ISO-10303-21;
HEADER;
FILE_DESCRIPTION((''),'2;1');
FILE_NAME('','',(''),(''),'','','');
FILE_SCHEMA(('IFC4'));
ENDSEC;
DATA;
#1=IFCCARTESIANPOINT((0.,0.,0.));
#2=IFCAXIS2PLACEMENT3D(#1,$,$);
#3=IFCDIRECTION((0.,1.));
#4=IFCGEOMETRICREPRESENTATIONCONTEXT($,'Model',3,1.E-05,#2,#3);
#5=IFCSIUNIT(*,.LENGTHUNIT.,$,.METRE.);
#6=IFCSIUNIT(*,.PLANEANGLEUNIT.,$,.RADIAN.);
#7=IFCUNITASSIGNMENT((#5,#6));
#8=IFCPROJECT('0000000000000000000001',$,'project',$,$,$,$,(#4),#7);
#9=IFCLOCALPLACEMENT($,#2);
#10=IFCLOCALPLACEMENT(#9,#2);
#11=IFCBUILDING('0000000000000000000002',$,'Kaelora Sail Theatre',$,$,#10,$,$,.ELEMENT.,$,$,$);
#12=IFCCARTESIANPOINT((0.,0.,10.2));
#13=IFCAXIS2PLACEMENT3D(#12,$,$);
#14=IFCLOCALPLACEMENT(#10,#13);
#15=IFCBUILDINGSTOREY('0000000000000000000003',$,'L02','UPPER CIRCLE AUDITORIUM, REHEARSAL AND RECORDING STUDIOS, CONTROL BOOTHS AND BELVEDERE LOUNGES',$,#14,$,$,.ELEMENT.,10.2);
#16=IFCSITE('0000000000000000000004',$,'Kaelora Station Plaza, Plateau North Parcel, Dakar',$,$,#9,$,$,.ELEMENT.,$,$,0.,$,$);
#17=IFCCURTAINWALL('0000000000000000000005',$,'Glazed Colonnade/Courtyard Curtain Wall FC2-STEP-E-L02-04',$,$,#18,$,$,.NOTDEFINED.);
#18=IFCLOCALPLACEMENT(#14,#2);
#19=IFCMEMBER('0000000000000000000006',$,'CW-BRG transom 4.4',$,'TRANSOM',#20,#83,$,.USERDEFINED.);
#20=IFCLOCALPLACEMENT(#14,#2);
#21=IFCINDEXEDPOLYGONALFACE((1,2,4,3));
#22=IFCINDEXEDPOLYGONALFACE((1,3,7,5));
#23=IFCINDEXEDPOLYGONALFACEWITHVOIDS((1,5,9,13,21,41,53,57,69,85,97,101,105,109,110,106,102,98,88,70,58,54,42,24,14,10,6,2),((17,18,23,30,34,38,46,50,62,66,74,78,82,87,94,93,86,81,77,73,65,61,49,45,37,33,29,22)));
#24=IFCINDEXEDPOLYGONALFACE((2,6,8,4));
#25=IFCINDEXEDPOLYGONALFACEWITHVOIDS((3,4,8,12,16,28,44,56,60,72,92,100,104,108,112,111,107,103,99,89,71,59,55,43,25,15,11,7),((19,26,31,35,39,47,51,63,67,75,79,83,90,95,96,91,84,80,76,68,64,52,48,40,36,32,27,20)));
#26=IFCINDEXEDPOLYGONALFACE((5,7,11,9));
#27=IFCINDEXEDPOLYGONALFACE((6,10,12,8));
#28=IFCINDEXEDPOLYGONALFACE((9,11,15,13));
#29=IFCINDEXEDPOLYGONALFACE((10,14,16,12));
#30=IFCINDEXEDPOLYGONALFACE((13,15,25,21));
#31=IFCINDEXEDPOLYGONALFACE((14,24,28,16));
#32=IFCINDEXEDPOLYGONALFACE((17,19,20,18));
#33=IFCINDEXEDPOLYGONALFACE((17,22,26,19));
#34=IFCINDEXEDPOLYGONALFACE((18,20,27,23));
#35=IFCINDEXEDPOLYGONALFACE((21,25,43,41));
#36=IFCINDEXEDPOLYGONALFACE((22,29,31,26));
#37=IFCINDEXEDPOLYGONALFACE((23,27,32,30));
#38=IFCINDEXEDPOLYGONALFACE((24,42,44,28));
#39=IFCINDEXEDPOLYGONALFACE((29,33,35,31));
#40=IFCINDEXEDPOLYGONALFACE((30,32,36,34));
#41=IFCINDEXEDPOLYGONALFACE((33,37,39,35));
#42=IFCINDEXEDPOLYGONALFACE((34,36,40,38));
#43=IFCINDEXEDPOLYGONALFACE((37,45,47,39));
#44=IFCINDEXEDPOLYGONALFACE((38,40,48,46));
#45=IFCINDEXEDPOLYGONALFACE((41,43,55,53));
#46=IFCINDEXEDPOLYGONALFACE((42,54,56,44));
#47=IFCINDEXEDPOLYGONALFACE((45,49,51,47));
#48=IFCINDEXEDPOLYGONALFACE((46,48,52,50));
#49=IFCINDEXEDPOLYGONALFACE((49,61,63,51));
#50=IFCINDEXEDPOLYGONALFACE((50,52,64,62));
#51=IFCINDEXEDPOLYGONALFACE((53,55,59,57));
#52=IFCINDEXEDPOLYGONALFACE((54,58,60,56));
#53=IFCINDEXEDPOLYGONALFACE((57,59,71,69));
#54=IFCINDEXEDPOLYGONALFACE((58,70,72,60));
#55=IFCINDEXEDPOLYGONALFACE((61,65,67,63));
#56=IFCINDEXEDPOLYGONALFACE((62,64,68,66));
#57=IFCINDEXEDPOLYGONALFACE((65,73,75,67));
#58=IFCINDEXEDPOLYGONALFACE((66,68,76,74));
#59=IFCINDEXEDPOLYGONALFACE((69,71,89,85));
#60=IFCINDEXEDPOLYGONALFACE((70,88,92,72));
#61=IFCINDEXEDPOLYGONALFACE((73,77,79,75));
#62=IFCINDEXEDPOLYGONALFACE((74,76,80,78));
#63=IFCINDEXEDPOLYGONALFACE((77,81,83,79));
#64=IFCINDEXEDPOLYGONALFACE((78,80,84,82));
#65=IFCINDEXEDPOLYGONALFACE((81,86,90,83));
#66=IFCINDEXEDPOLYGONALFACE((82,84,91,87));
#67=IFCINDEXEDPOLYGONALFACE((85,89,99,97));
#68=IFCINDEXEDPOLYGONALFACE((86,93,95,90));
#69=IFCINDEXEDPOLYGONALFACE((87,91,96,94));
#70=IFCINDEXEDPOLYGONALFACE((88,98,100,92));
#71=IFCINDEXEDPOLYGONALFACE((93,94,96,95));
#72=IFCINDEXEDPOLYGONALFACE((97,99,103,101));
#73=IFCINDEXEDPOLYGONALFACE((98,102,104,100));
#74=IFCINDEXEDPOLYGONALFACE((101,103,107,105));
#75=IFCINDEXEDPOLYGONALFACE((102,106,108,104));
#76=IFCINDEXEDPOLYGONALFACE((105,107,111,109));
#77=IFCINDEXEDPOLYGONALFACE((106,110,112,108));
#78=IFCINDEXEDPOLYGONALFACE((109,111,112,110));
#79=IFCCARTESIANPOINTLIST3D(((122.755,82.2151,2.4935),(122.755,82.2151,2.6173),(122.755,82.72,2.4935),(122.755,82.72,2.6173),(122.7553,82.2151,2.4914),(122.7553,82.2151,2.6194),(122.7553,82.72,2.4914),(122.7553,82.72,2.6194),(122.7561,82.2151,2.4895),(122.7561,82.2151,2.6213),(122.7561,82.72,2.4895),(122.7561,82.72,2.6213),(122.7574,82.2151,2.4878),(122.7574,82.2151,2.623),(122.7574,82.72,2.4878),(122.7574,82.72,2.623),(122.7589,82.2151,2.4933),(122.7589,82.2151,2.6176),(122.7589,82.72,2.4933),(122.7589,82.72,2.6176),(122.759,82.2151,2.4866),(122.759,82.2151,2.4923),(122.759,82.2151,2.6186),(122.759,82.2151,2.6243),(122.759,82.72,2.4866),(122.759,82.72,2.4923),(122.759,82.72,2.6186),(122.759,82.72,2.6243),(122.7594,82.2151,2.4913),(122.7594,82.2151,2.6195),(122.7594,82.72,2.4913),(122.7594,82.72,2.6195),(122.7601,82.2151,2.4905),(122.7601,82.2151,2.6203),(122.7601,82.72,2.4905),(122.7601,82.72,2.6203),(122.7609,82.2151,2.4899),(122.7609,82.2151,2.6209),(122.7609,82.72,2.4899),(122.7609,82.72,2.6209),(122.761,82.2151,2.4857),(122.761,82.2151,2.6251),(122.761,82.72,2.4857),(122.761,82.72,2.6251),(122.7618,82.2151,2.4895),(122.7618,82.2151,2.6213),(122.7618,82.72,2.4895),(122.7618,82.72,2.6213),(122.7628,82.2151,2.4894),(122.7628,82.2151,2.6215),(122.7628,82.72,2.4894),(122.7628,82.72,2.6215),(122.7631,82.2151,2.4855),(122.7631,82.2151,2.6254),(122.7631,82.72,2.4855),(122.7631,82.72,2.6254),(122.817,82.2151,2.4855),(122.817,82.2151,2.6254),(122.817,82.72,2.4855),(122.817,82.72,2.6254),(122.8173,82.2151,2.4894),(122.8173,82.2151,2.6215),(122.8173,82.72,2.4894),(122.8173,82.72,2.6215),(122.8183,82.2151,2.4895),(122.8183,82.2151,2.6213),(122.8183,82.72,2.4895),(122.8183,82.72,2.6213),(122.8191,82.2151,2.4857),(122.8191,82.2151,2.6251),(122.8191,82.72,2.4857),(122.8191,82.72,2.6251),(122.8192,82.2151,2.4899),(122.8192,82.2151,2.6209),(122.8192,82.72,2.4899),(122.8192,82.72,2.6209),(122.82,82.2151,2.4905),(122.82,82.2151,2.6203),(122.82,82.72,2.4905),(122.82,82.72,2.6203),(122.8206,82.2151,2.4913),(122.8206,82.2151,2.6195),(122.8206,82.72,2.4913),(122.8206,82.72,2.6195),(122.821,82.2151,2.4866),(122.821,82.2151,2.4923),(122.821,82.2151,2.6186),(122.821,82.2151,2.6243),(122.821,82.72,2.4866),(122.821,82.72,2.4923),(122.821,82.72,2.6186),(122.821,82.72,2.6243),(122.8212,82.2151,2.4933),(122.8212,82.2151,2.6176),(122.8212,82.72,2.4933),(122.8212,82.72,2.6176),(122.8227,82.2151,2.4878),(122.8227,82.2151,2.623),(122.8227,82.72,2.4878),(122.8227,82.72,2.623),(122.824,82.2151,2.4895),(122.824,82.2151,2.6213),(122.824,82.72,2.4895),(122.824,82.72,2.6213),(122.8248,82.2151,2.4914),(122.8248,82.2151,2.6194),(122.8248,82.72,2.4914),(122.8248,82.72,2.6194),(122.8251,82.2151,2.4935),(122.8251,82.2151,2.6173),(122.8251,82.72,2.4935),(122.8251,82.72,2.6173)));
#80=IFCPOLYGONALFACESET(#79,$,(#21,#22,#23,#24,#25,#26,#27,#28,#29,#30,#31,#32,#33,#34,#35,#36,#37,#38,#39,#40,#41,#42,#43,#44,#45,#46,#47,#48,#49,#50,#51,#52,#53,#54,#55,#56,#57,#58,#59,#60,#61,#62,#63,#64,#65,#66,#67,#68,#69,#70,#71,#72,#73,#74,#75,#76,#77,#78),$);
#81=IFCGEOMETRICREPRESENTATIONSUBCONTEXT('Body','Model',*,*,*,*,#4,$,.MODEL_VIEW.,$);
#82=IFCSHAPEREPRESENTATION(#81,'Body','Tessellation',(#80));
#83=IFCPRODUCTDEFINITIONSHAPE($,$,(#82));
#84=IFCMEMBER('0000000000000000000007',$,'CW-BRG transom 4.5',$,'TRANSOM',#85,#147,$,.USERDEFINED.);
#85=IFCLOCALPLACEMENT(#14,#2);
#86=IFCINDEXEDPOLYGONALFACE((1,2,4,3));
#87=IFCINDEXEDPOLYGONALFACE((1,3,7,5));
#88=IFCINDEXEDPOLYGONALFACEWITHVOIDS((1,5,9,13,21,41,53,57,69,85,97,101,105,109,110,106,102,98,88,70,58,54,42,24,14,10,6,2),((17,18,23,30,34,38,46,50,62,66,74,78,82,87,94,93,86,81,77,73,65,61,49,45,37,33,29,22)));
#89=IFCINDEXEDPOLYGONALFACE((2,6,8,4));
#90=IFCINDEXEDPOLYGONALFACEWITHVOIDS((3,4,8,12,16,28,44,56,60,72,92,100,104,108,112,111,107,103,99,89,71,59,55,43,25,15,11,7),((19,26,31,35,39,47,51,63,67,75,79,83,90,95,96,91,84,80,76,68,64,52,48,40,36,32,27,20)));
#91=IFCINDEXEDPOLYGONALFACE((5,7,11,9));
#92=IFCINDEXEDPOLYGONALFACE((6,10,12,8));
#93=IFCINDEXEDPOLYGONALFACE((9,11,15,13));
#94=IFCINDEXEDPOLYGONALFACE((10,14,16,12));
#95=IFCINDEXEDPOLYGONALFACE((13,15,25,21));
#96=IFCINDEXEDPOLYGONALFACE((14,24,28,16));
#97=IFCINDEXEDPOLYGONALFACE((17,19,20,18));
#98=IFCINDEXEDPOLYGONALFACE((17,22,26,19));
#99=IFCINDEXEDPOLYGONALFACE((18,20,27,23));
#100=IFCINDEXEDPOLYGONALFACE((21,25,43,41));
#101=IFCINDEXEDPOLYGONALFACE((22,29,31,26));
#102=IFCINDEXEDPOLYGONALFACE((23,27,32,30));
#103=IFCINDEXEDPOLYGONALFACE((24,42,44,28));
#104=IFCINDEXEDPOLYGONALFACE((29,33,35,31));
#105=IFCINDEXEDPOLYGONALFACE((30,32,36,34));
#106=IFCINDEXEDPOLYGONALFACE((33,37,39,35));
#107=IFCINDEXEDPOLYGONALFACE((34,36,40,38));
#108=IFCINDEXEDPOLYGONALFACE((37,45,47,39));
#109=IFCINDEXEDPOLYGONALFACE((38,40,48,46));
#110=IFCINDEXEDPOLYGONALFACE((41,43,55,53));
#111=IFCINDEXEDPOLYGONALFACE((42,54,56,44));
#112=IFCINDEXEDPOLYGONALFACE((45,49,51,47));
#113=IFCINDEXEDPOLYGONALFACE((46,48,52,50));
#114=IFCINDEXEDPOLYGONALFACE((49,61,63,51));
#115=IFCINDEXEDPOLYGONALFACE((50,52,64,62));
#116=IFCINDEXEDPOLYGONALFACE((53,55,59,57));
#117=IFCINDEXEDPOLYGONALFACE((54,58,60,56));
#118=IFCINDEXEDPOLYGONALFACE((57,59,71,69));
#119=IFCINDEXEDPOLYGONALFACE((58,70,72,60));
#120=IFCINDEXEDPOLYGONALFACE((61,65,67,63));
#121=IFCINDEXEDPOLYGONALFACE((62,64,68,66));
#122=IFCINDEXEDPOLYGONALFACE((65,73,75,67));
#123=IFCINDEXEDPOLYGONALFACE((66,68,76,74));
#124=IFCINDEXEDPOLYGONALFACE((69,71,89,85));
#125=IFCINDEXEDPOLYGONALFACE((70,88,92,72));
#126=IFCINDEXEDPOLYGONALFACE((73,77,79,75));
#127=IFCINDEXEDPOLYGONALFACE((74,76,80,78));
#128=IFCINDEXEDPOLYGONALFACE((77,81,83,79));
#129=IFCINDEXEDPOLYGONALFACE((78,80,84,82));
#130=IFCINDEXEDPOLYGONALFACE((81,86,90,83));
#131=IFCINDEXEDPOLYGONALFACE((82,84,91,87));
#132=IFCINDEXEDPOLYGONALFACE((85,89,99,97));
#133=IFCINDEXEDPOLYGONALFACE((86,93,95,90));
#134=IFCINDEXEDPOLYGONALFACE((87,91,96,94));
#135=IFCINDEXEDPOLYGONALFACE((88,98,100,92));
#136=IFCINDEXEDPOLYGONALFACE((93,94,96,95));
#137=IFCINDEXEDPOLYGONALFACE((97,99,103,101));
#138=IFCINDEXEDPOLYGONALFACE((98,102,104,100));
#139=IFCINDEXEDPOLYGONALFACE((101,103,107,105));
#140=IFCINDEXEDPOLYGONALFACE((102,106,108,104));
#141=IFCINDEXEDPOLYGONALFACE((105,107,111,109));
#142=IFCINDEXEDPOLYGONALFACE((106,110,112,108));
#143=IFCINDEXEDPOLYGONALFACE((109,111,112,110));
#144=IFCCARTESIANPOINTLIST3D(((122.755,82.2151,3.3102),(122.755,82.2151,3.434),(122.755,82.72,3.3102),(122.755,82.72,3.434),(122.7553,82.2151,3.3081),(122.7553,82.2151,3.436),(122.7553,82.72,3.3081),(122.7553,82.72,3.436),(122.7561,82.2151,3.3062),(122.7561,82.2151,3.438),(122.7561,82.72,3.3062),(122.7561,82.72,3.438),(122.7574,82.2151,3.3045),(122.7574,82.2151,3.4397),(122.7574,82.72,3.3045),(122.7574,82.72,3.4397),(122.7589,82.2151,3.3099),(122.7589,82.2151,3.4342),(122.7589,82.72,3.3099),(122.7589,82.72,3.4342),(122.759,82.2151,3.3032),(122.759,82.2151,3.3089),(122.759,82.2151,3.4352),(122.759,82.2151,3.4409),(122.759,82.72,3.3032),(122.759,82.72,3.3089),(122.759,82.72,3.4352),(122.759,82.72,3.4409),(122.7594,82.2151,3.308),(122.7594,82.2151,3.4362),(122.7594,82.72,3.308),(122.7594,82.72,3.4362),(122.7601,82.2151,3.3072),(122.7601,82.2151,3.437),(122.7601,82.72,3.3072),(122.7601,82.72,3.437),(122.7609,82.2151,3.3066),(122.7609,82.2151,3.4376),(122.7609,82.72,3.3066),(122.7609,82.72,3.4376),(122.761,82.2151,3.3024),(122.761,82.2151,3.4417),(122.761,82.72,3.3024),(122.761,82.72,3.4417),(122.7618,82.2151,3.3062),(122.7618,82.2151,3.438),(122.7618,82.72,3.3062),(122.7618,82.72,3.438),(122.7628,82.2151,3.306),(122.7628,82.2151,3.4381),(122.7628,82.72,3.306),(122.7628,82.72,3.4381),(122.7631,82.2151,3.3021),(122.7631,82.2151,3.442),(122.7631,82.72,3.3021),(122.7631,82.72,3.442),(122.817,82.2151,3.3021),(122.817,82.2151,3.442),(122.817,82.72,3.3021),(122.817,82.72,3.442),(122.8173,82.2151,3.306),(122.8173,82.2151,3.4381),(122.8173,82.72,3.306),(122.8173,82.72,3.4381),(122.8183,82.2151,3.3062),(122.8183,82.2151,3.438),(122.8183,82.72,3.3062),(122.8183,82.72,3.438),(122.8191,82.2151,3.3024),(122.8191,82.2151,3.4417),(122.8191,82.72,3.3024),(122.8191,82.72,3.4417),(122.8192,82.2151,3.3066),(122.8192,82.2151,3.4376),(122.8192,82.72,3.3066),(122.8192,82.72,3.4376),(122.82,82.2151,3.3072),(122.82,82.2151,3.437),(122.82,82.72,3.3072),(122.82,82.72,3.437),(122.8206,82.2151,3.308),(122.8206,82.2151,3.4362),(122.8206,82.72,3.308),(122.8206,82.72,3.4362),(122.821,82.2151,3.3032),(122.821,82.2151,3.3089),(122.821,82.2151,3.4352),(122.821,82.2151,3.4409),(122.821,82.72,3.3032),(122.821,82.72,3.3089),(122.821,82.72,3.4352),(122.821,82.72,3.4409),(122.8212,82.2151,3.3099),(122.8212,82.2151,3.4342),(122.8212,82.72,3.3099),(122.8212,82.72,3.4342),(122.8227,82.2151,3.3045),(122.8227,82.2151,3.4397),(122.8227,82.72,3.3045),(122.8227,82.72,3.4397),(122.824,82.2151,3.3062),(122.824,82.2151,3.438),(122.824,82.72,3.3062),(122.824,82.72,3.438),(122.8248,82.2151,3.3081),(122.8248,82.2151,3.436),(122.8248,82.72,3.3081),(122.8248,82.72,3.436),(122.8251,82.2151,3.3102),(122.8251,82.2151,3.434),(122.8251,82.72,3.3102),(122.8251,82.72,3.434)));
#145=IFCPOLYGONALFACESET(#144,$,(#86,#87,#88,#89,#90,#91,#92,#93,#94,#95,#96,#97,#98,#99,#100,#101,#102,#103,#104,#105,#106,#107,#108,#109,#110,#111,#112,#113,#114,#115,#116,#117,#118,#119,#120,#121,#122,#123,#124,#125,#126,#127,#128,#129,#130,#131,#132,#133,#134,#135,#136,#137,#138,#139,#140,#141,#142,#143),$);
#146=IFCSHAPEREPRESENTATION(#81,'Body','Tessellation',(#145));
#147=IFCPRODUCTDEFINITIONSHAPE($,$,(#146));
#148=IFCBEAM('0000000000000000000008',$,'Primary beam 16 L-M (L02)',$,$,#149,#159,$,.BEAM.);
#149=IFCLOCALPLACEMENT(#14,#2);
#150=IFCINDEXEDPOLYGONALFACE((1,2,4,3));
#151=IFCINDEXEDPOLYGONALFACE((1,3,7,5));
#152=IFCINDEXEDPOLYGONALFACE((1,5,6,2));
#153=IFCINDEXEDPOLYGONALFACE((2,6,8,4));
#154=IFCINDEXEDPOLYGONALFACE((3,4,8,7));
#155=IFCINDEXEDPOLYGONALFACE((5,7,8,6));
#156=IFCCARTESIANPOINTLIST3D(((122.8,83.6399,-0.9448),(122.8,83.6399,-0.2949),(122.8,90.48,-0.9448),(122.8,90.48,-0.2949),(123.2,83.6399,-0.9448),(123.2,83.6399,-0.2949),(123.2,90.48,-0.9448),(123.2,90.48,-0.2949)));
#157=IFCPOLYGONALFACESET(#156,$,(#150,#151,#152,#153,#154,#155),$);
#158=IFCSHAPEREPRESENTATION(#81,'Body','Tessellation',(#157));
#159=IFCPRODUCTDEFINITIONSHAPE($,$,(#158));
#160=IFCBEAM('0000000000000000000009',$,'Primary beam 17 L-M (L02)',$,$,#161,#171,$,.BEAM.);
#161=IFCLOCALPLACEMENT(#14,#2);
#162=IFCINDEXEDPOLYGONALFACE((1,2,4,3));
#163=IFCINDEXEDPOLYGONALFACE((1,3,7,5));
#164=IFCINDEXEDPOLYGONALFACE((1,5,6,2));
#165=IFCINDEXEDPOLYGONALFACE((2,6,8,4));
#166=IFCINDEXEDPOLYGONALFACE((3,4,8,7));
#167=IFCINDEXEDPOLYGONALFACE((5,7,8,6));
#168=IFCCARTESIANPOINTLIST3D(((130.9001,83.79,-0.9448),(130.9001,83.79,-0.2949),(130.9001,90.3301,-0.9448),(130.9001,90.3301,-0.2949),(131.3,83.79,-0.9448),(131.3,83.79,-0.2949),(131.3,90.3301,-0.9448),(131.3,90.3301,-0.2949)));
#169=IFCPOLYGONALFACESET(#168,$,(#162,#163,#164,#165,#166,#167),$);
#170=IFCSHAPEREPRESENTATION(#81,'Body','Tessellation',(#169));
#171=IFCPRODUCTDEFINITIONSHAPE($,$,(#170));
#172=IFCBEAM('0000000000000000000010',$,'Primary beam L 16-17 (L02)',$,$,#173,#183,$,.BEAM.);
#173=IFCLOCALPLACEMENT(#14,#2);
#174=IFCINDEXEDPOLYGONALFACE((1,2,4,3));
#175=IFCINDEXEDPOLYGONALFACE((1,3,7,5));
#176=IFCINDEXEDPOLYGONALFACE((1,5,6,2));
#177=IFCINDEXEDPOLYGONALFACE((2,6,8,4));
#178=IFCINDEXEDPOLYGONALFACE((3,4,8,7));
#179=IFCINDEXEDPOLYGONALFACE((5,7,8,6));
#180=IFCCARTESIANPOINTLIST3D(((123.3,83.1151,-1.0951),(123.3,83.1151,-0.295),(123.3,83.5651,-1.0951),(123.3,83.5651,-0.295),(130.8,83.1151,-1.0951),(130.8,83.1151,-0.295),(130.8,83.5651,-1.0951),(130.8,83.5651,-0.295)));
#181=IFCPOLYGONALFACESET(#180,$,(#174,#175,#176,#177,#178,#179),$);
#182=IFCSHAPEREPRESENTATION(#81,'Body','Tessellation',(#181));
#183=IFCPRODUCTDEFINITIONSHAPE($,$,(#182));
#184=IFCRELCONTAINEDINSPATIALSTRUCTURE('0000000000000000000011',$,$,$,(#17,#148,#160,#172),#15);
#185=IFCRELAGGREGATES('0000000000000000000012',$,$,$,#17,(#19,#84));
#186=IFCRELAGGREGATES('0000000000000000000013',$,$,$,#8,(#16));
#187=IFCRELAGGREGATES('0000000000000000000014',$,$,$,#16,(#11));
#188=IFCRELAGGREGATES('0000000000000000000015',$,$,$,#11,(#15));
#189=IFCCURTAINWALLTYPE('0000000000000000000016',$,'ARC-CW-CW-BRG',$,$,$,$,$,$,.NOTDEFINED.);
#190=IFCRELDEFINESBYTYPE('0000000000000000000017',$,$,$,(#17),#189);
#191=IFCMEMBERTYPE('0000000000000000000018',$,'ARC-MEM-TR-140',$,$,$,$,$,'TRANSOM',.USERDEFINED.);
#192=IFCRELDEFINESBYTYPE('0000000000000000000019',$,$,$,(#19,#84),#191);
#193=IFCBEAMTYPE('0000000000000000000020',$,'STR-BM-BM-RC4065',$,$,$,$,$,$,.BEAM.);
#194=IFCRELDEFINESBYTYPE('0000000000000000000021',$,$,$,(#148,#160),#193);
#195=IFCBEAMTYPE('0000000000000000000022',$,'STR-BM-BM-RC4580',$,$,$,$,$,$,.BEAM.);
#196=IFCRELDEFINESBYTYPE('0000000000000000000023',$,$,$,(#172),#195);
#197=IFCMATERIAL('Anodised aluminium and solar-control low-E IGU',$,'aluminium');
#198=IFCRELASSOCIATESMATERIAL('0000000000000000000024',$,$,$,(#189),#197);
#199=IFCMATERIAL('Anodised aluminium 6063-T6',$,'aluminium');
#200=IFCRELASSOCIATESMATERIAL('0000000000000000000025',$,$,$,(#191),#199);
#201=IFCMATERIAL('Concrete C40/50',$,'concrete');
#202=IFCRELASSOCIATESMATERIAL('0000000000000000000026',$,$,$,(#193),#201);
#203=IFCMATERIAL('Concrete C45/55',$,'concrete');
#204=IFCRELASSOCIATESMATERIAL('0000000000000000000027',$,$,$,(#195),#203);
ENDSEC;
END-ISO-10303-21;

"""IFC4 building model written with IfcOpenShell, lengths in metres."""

from ifc_helpers import new_model, si_unit, direction, frame, origin, origin_2d, place, context, subcontext, project, spatial, rectangle, hollow_rectangle, extrude, material, material_profile, profile_set, type_object, element, aggregate, save


model = new_model("IFC4")

# Units and contexts
model_context = context("Model", 3, precision=1e-05, world=origin(), true_north=direction((0.0, 1.0)))
body_context = subcontext(model_context, "Body", "Model", "MODEL_VIEW")
ifc_project = project(units=[si_unit("LENGTHUNIT", "METRE"), si_unit("PLANEANGLEUNIT", "RADIAN")], contexts=[model_context])

# Site, building, storey
site_placement = place(None, origin())
site = spatial("IfcSite", under=ifc_project, at=site_placement, Name="Kaelora Station Plaza, Plateau North Parcel, Dakar", CompositionType="ELEMENT", RefElevation=0.0)
building_placement = place(site_placement, origin())
building = spatial("IfcBuilding", under=site, at=building_placement, Name="Kaelora Sail Theatre", CompositionType="ELEMENT")
storey_placement = place(building_placement, frame((0.0, 0.0, 10.2)))
storey = spatial("IfcBuildingStorey", under=building, at=storey_placement, Name="L02", Description="UPPER CIRCLE AUDITORIUM, REHEARSAL AND RECORDING STUDIOS, CONTROL BOOTHS AND BELVEDERE LOUNGES", CompositionType="ELEMENT", Elevation=10.2)

# Curtain wall, members
ifc_material_1 = material(Name="Anodised aluminium and solar-control low-E IGU", Category="aluminium")
curtain_wall_type = type_object("IfcCurtainWallType", Name="ARC-CW-CW-BRG", PredefinedType="NOTDEFINED", material=ifc_material_1)
curtain_wall_placement = place(storey_placement, origin())
curtain_wall = element("IfcCurtainWall", 1, at=curtain_wall_placement, inside=storey, type_object=curtain_wall_type, Name="Glazed Colonnade/Courtyard Curtain Wall FC2-STEP-E-L02-04", PredefinedType="NOTDEFINED")
ifc_material_2 = material(Name="Anodised aluminium 6063-T6", Category="aluminium")
ifc_material_profile_1 = material_profile(ifc_material_2, hollow_rectangle(XDim=0.0701, YDim=0.1399, WallThickness=0.0039, InnerFilletRadius=0.0039, OuterFilletRadius=0.0081, at=origin_2d()), Name="ALU-TRAN 70x140x4")
ifc_profile_set_1 = profile_set([ifc_material_profile_1], Name="Anodised aluminium 6063-T6")
member_type_1 = type_object("IfcMemberType", Name="ARC-MEM-TR-140", ElementType="TRANSOM", PredefinedType="USERDEFINED", material=ifc_profile_set_1)
member_1_placement = place(storey_placement, frame((122.79, 82.2151, 2.5554), z_axis=(0.0, 1.0, 0.0), x_axis=(-1.0, 0.0, 0.0)))
member_1 = element("IfcMember", 2, at=member_1_placement, type_object=member_type_1, Name="CW-BRG transom 4.4", ObjectType="TRANSOM", PredefinedType="USERDEFINED", context=body_context, shape_type="SweptSolid", body=[
    extrude(hollow_rectangle(XDim=0.0701, YDim=0.1399, WallThickness=0.0039, InnerFilletRadius=0.0039, OuterFilletRadius=0.0081, at=origin_2d()), origin(), (0.0, 0.0, 1.0), 0.5049),
])
member_2_placement = place(storey_placement, frame((122.79, 82.2151, 3.3721), z_axis=(0.0, 1.0, 0.0), x_axis=(-1.0, 0.0, 0.0)))
member_2 = element("IfcMember", 3, at=member_2_placement, type_object=member_type_1, Name="CW-BRG transom 4.5", ObjectType="TRANSOM", PredefinedType="USERDEFINED", context=body_context, shape_type="SweptSolid", body=[
    extrude(hollow_rectangle(XDim=0.0701, YDim=0.1399, WallThickness=0.0039, InnerFilletRadius=0.0039, OuterFilletRadius=0.0081, at=origin_2d()), origin(), (0.0, 0.0, 1.0), 0.5049),
])

# Beams
ifc_material_3 = material(Name="Concrete C40/50", Category="concrete")
ifc_material_profile_2 = material_profile(ifc_material_3, rectangle(XDim=0.3999, YDim=0.6499, at=origin_2d()), Name="RC-BM 400x650")
ifc_profile_set_2 = profile_set([ifc_material_profile_2], Name="Concrete C40/50")
beam_type_1 = type_object("IfcBeamType", Name="STR-BM-BM-RC4065", PredefinedType="BEAM", material=ifc_profile_set_2)
beam_1_placement = place(storey_placement, frame((123.0, 83.6399, -0.6199), z_axis=(0.0, 1.0, 0.0), x_axis=(-1.0, 0.0, 0.0)))
element("IfcBeam", 4, at=beam_1_placement, inside=storey, type_object=beam_type_1, Name="Primary beam 16 L-M (L02)", PredefinedType="BEAM", context=body_context, shape_type="SweptSolid", body=[
    extrude(rectangle(XDim=0.3999, YDim=0.6499, at=origin_2d()), origin(), (0.0, 0.0, 1.0), 6.8401),
])
beam_2_placement = place(storey_placement, frame((131.1001, 83.79, -0.6199), z_axis=(0.0, 1.0, 0.0), x_axis=(-1.0, 0.0, 0.0)))
element("IfcBeam", 5, at=beam_2_placement, inside=storey, type_object=beam_type_1, Name="Primary beam 17 L-M (L02)", PredefinedType="BEAM", context=body_context, shape_type="SweptSolid", body=[
    extrude(rectangle(XDim=0.3999, YDim=0.6499, at=origin_2d()), origin(), (0.0, 0.0, 1.0), 6.54),
])
ifc_material_4 = material(Name="Concrete C45/55", Category="concrete")
ifc_material_profile_3 = material_profile(ifc_material_4, rectangle(XDim=0.45, YDim=0.8, at=origin_2d()), Name="RC-BM 450x800")
ifc_profile_set_3 = profile_set([ifc_material_profile_3], Name="Concrete C45/55")
beam_type_2 = type_object("IfcBeamType", Name="STR-BM-BM-RC4580", PredefinedType="BEAM", material=ifc_profile_set_3)
beam_3_placement = place(storey_placement, frame((123.3, 83.3401, -0.6951), z_axis=(1.0, 0.0, 0.0), x_axis=(0.0, 1.0, 0.0)))
element("IfcBeam", 6, at=beam_3_placement, inside=storey, type_object=beam_type_2, Name="Primary beam L 16-17 (L02)", PredefinedType="BEAM", context=body_context, shape_type="SweptSolid", body=[
    extrude(rectangle(XDim=0.45, YDim=0.8, at=origin_2d()), origin(), (0.0, 0.0, 1.0), 7.5),
])

aggregate(curtain_wall, [member_1, member_2])

save(model, "model.ifc")
